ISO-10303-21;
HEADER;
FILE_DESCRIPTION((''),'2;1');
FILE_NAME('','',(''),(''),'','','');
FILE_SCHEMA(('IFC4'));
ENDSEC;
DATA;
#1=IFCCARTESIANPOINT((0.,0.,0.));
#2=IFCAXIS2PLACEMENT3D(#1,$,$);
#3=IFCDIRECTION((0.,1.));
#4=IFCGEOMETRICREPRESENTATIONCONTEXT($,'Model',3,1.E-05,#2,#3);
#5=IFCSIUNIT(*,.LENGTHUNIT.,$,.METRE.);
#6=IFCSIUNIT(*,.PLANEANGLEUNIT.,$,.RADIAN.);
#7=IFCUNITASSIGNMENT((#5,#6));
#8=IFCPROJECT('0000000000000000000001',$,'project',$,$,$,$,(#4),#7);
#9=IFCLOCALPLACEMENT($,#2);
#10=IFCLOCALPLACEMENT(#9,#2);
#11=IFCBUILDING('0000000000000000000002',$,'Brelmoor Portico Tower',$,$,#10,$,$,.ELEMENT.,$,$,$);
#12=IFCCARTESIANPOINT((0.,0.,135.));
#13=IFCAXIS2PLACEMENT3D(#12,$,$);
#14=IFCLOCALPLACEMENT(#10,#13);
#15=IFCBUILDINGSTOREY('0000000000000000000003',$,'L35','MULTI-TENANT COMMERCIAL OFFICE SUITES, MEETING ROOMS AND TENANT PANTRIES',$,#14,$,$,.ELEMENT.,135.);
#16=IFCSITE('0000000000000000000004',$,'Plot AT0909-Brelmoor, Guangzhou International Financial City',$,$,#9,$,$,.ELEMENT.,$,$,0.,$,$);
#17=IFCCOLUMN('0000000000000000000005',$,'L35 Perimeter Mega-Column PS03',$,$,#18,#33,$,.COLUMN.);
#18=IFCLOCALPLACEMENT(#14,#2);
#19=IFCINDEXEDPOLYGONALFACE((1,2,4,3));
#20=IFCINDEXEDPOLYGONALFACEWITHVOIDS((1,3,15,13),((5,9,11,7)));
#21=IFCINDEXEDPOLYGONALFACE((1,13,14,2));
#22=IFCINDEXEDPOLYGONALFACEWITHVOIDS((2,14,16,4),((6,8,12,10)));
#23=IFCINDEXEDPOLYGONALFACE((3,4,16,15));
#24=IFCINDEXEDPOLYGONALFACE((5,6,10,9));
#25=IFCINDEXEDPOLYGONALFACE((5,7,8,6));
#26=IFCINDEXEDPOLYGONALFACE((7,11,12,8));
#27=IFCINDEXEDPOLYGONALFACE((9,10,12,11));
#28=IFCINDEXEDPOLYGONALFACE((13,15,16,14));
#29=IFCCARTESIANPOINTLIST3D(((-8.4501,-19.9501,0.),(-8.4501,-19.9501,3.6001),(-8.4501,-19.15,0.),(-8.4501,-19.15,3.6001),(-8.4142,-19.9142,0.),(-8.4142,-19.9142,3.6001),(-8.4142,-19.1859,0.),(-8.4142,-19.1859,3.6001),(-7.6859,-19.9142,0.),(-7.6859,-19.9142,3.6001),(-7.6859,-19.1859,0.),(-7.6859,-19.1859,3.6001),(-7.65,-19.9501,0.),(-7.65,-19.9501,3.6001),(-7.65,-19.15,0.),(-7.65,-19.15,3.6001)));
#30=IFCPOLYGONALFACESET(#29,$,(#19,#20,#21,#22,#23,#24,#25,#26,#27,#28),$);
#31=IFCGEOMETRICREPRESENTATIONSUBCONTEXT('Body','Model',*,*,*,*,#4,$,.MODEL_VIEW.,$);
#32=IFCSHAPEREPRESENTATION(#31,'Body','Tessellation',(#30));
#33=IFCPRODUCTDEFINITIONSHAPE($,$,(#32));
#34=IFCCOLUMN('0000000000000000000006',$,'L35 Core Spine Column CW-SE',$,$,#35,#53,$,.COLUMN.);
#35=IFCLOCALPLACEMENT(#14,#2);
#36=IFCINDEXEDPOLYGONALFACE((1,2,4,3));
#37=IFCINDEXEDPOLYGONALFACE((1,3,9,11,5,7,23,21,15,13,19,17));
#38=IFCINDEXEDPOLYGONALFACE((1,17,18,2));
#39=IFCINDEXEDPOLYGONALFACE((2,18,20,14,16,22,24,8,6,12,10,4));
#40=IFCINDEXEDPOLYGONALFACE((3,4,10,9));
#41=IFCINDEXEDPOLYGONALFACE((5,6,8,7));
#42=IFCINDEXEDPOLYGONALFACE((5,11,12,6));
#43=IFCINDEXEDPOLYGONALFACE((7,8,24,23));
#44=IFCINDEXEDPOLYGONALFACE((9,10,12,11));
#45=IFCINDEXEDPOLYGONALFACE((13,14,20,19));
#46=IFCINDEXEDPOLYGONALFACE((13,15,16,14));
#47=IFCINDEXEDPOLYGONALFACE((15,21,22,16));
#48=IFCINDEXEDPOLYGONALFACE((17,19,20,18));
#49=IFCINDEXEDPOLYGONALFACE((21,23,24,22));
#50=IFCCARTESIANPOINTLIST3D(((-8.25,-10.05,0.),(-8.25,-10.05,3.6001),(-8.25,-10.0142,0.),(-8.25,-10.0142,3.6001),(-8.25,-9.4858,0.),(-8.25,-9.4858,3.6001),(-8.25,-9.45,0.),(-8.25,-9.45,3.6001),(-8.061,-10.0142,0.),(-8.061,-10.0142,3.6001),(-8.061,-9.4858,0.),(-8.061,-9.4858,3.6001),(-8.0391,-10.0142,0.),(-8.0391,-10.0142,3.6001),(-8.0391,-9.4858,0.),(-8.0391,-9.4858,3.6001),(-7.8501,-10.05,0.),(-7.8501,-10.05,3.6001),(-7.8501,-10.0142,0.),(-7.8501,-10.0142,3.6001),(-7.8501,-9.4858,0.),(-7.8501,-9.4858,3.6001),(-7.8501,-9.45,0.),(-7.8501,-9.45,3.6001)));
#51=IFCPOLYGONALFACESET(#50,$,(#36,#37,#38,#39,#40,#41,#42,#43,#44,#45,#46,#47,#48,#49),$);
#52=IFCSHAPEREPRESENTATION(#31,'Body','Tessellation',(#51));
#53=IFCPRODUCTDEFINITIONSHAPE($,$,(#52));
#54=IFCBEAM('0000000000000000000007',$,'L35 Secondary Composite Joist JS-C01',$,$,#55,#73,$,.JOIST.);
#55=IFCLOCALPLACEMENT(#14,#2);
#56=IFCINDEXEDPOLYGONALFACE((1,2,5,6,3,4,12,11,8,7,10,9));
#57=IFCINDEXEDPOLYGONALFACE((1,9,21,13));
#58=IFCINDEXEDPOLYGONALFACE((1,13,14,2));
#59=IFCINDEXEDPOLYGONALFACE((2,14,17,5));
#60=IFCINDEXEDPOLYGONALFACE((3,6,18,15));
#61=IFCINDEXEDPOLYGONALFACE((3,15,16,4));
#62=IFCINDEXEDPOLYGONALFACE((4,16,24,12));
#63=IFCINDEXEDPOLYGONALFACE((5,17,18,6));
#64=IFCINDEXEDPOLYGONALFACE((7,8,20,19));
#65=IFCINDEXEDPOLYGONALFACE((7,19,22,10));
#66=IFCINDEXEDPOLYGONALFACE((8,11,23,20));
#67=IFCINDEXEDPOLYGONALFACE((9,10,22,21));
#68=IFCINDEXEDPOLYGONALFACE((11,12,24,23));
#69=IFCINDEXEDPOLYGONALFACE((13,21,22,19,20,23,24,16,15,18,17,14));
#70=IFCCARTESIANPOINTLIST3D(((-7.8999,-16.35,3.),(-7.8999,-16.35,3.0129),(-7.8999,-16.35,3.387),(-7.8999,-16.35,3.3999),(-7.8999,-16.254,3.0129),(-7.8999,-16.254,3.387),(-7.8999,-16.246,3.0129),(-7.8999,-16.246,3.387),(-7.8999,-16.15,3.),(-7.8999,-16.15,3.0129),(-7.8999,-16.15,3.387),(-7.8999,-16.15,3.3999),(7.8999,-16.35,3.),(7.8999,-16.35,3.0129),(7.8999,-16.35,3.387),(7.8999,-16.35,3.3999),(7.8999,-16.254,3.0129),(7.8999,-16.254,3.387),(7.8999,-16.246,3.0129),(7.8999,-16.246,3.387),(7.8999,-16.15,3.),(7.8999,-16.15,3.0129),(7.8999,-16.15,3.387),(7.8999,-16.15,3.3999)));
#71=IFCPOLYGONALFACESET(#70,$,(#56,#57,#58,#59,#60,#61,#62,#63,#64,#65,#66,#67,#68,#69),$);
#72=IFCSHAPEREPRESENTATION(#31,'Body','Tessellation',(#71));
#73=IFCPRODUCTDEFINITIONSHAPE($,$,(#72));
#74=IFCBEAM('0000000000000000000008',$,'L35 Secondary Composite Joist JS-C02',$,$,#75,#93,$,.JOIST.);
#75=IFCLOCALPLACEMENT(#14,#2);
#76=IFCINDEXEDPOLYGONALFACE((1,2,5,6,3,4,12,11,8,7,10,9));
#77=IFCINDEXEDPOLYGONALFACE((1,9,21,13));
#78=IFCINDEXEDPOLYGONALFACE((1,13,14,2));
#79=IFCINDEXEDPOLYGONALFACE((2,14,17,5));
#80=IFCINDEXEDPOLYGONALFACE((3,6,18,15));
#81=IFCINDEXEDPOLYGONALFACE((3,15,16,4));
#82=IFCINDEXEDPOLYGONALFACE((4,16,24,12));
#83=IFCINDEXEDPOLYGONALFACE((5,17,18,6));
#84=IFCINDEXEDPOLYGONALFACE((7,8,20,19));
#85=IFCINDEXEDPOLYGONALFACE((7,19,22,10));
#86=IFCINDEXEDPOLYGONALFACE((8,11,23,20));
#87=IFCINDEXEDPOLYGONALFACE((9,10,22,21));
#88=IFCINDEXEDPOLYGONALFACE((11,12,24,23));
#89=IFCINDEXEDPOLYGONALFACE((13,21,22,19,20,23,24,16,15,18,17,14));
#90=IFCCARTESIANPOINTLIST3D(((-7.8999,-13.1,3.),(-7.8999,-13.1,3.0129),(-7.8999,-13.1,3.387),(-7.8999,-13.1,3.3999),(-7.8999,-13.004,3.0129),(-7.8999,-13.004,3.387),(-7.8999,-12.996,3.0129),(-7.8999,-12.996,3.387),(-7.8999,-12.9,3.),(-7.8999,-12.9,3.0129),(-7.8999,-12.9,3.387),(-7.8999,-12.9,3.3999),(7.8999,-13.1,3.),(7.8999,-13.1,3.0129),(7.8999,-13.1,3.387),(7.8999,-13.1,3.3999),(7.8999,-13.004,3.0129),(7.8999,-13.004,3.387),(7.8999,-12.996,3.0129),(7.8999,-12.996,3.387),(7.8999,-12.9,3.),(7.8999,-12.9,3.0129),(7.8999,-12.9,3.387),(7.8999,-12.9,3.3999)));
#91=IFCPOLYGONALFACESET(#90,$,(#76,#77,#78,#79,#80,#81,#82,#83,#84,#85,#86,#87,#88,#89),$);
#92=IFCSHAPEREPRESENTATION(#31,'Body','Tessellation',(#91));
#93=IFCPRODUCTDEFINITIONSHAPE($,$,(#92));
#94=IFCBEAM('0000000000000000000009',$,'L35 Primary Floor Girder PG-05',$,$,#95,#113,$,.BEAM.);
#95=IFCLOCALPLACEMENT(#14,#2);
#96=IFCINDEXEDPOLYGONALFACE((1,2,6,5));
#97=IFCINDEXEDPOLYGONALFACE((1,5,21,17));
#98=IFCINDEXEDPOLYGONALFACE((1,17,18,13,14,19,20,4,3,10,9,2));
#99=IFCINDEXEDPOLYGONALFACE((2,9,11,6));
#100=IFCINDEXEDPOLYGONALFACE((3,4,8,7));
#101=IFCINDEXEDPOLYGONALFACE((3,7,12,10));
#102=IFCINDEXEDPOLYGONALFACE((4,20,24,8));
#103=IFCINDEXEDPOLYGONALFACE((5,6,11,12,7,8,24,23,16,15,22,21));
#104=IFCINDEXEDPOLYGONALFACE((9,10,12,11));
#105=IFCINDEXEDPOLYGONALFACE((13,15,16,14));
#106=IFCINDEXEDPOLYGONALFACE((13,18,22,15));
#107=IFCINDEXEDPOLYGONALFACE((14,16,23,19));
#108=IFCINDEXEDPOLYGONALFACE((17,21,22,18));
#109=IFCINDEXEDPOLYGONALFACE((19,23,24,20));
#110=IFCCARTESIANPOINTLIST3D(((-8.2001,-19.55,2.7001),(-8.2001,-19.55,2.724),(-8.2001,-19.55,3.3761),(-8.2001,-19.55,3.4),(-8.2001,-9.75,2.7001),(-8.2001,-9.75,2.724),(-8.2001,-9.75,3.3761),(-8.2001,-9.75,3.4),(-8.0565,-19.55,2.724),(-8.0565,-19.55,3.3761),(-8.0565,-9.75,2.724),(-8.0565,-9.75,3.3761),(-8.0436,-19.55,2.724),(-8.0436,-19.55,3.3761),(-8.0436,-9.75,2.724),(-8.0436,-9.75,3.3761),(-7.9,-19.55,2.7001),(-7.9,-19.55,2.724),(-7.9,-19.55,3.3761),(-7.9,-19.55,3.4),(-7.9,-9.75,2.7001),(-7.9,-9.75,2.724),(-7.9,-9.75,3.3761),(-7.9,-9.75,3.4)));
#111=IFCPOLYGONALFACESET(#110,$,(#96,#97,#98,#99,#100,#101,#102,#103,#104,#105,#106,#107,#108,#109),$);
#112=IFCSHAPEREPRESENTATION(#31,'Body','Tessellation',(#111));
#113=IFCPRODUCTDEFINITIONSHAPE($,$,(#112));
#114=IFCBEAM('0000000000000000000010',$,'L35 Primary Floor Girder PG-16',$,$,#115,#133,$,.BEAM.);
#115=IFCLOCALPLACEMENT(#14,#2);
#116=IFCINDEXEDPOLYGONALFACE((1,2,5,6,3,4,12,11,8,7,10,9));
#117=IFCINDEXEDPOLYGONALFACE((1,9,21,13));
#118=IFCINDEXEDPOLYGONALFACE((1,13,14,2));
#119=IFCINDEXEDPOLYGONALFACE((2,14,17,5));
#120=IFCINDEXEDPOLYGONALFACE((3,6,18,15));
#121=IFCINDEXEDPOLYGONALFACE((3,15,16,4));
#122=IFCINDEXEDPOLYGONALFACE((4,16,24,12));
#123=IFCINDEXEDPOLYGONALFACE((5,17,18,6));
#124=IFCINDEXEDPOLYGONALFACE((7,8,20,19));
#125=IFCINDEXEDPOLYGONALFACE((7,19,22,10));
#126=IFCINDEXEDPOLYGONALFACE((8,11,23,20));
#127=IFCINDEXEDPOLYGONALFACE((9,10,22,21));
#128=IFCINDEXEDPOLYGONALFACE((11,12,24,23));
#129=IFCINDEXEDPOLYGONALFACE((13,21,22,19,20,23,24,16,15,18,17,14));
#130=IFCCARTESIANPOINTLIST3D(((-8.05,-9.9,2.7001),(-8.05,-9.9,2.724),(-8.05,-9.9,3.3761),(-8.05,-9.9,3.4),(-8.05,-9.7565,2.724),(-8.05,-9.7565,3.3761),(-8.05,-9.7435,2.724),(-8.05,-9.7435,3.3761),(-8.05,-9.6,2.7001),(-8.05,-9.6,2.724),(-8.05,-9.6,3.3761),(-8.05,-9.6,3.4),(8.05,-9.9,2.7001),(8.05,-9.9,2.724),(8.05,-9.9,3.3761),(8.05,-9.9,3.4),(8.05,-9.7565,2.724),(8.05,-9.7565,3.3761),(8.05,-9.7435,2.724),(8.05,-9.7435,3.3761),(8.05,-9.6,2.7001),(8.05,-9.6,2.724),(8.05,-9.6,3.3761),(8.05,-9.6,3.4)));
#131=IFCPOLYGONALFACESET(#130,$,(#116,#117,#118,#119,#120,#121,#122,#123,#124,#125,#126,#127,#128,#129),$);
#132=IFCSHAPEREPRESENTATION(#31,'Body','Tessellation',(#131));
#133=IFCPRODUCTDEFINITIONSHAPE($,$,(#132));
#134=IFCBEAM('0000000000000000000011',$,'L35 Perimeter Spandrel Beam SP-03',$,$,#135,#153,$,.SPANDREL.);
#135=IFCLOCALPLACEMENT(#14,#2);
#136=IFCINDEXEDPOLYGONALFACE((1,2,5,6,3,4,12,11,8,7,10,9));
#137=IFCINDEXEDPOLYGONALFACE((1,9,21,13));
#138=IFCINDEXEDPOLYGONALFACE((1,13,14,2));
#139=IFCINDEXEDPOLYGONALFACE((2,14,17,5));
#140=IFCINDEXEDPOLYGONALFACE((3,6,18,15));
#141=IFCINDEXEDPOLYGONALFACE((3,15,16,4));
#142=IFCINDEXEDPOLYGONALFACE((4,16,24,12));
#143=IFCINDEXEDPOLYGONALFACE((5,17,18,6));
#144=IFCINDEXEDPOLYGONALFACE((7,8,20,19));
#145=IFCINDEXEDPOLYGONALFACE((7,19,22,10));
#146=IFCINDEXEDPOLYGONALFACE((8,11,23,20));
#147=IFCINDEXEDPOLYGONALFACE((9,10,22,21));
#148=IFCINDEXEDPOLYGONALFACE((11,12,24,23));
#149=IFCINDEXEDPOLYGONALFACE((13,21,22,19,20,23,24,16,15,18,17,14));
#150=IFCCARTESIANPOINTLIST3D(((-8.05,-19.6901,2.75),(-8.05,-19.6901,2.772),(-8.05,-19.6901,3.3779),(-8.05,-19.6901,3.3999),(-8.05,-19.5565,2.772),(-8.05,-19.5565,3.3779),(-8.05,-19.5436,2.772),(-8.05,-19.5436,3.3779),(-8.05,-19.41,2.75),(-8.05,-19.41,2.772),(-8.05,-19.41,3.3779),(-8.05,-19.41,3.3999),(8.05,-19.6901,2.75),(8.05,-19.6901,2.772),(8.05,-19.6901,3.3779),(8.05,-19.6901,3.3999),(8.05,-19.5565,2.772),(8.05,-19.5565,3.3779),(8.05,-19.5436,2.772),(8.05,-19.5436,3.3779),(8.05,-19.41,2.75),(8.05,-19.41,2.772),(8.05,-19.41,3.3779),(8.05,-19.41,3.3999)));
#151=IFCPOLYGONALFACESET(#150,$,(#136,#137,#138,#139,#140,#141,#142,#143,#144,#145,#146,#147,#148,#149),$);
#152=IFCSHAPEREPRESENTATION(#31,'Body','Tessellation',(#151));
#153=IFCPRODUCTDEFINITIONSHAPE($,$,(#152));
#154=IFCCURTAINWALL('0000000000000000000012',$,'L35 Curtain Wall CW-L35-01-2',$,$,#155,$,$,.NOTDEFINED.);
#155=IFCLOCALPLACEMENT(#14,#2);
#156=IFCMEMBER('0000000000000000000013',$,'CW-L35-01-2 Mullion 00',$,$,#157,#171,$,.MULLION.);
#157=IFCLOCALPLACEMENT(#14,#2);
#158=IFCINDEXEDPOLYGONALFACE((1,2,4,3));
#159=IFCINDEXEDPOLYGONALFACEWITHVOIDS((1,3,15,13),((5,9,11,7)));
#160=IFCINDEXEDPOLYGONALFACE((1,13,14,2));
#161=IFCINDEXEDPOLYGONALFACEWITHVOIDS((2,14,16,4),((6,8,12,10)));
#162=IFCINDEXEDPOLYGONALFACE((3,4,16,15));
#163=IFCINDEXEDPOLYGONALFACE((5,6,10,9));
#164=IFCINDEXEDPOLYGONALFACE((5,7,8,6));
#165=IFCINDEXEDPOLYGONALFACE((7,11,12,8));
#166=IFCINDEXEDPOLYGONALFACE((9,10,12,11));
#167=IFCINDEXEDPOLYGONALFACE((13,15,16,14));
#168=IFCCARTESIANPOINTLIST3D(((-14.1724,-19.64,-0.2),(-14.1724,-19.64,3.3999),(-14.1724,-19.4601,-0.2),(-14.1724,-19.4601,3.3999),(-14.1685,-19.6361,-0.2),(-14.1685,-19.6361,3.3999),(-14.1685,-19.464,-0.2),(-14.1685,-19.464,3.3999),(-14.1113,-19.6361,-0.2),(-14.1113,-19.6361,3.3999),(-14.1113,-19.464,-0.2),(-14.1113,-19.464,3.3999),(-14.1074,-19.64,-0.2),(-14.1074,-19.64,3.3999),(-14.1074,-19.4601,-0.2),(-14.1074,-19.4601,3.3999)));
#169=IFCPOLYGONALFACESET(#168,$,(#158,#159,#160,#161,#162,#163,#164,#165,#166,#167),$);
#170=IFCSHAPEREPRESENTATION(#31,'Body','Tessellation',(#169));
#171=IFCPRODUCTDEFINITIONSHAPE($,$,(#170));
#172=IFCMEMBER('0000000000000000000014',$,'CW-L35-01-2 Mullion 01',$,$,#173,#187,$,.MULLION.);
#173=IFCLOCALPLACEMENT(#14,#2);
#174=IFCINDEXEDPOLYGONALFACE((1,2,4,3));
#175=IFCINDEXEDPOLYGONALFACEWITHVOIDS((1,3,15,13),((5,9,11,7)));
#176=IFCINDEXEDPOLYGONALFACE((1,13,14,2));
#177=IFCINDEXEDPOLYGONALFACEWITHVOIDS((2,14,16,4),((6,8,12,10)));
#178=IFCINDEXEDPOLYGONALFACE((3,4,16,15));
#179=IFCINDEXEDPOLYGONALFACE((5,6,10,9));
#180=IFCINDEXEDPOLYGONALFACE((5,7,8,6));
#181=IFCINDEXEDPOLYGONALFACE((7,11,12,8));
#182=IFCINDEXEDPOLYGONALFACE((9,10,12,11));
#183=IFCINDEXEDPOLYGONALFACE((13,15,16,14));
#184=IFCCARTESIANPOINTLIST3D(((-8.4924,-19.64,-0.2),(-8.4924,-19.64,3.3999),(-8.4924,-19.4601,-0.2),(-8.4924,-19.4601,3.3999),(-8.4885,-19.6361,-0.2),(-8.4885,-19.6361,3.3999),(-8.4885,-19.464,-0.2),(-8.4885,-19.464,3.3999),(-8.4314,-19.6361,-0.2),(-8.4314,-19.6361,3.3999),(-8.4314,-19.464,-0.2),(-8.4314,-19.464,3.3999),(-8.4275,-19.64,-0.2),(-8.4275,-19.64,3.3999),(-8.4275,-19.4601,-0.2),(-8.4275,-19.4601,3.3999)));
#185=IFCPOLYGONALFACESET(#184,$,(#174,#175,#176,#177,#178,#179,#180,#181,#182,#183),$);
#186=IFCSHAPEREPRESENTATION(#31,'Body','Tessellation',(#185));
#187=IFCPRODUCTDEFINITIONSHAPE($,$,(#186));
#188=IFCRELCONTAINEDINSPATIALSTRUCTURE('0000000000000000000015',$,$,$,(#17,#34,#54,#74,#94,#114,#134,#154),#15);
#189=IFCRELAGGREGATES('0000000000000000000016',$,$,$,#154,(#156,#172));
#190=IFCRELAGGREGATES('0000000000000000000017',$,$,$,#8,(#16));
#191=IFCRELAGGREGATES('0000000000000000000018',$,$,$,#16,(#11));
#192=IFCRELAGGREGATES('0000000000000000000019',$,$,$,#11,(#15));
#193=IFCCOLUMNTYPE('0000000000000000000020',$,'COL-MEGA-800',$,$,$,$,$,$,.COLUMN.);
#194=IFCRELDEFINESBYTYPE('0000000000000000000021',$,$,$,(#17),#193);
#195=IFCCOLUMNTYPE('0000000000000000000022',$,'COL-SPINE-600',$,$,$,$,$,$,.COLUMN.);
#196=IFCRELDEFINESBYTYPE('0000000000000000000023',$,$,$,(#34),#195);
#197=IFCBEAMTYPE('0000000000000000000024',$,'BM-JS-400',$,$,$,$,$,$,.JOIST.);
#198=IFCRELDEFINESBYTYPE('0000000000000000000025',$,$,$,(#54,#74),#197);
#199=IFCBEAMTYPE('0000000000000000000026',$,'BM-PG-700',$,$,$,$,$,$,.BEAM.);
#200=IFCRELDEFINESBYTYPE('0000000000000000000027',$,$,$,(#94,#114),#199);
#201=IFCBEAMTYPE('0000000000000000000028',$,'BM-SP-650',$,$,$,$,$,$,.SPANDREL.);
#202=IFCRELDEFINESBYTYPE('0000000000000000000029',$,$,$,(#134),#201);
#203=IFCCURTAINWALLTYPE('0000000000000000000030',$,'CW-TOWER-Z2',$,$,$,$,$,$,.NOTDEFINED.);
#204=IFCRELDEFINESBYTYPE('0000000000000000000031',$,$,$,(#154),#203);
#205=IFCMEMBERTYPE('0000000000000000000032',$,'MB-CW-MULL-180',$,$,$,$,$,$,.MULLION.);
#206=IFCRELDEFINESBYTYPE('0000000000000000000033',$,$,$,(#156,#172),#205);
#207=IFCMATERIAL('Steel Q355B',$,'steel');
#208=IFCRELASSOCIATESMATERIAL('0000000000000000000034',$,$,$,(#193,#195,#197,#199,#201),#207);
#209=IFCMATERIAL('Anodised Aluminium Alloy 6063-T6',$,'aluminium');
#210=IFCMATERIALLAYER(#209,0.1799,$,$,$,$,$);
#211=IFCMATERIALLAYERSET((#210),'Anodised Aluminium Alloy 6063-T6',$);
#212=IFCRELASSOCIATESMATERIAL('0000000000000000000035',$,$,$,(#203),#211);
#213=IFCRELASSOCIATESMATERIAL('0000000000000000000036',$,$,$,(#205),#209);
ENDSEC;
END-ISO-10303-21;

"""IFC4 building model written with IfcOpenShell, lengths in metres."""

from ifc_helpers import new_model, si_unit, direction, frame, origin, origin_2d, place, context, subcontext, project, spatial, hollow_rectangle, i_section, extrude, material, layer, layer_set, material_profile, profile_set, type_object, element, aggregate, save


model = new_model("IFC4")

# Units and contexts
model_context = context("Model", 3, precision=1e-05, world=origin(), true_north=direction((0.0, 1.0)))
body_context = subcontext(model_context, "Body", "Model", "MODEL_VIEW")
ifc_project = project(units=[si_unit("LENGTHUNIT", "METRE"), si_unit("PLANEANGLEUNIT", "RADIAN")], contexts=[model_context])

# Site, building, storey
site_placement = place(None, origin())
site = spatial("IfcSite", under=ifc_project, at=site_placement, Name="Plot AT0909-Brelmoor, Guangzhou International Financial City", CompositionType="ELEMENT", RefElevation=0.0)
building_placement = place(site_placement, origin())
building = spatial("IfcBuilding", under=site, at=building_placement, Name="Brelmoor Portico Tower", CompositionType="ELEMENT")
storey_placement = place(building_placement, frame((0.0, 0.0, 135.0)))
storey = spatial("IfcBuildingStorey", under=building, at=storey_placement, Name="L35", Description="MULTI-TENANT COMMERCIAL OFFICE SUITES, MEETING ROOMS AND TENANT PANTRIES", CompositionType="ELEMENT", Elevation=135.0)

# Columns
ifc_material_1 = material(Name="Steel Q355B", Category="steel")
ifc_material_profile_1 = material_profile(ifc_material_1, hollow_rectangle(XDim=0.8, YDim=0.8, WallThickness=0.0359, at=origin_2d()), Name="BOX 800x800x36")
ifc_profile_set_1 = profile_set([ifc_material_profile_1], Name="Steel Q355B")
column_type_1 = type_object("IfcColumnType", Name="COL-MEGA-800", PredefinedType="COLUMN", material=ifc_profile_set_1)
column_1_placement = place(storey_placement, frame((-8.05, -19.55, 0.0), z_axis=(0.0, 0.0, 1.0), x_axis=(1.0, 0.0, 0.0)))
element("IfcColumn", 1, at=column_1_placement, inside=storey, type_object=column_type_1, Name="L35 Perimeter Mega-Column PS03", PredefinedType="COLUMN", context=body_context, shape_type="SweptSolid", body=[
    extrude(hollow_rectangle(XDim=0.8, YDim=0.8, WallThickness=0.0359, at=origin_2d()), origin(), (0.0, 0.0, 1.0), 3.6001),
])
ifc_material_profile_2 = material_profile(ifc_material_1, i_section(OverallWidth=0.3999, OverallDepth=0.6001, WebThickness=0.022, FlangeThickness=0.0359, at=origin_2d()), Name="HW 600x400x22x36")
ifc_profile_set_2 = profile_set([ifc_material_profile_2], Name="Steel Q355B")
column_type_2 = type_object("IfcColumnType", Name="COL-SPINE-600", PredefinedType="COLUMN", material=ifc_profile_set_2)
column_2_placement = place(storey_placement, frame((-8.05, -9.75, 0.0), z_axis=(0.0, 0.0, 1.0), x_axis=(1.0, 0.0, 0.0)))
element("IfcColumn", 2, at=column_2_placement, inside=storey, type_object=column_type_2, Name="L35 Core Spine Column CW-SE", PredefinedType="COLUMN", context=body_context, shape_type="SweptSolid", body=[
    extrude(i_section(OverallWidth=0.3999, OverallDepth=0.6001, WebThickness=0.022, FlangeThickness=0.0359, at=origin_2d()), origin(), (0.0, 0.0, 1.0), 3.6001),
])

# Beams
ifc_material_profile_3 = material_profile(ifc_material_1, i_section(OverallWidth=0.2, OverallDepth=0.3999, WebThickness=0.0081, FlangeThickness=0.0129, at=origin_2d()), Name="HN 400x200x8x13")
ifc_profile_set_3 = profile_set([ifc_material_profile_3], Name="Steel Q355B")
beam_type_1 = type_object("IfcBeamType", Name="BM-JS-400", PredefinedType="JOIST", material=ifc_profile_set_3)
for number, where, z_axis, x_axis, name in (
    (3, (-7.8999, -16.25, 3.2), (1.0, 0.0, 0.0), (0.0, 1.0, 0.0), "L35 Secondary Composite Joist JS-C01"),
    (4, (-7.8999, -13.0, 3.2), (1.0, 0.0, 0.0), (0.0, 1.0, 0.0), "L35 Secondary Composite Joist JS-C02"),
):
    element("IfcBeam", number, at=place(storey_placement, frame(where, z_axis=z_axis, x_axis=x_axis)), inside=storey, type_object=beam_type_1, Name=name, PredefinedType="JOIST", context=body_context, shape_type="SweptSolid", body=[
        extrude(i_section(OverallWidth=0.2, OverallDepth=0.3999, WebThickness=0.0081, FlangeThickness=0.0129, at=origin_2d()), origin(), (0.0, 0.0, 1.0), 15.7998),
    ])
ifc_material_profile_4 = material_profile(ifc_material_1, i_section(OverallWidth=0.3, OverallDepth=0.7, WebThickness=0.0129, FlangeThickness=0.0239, at=origin_2d()), Name="HN 700x300x13x24")
ifc_profile_set_4 = profile_set([ifc_material_profile_4], Name="Steel Q355B")
beam_type_2 = type_object("IfcBeamType", Name="BM-PG-700", PredefinedType="BEAM", material=ifc_profile_set_4)
beam_1_placement = place(storey_placement, frame((-8.05, -19.55, 3.05), z_axis=(0.0, 1.0, 0.0), x_axis=(-1.0, 0.0, 0.0)))
element("IfcBeam", 5, at=beam_1_placement, inside=storey, type_object=beam_type_2, Name="L35 Primary Floor Girder PG-05", PredefinedType="BEAM", context=body_context, shape_type="SweptSolid", body=[
    extrude(i_section(OverallWidth=0.3, OverallDepth=0.7, WebThickness=0.0129, FlangeThickness=0.0239, at=origin_2d()), origin(), (0.0, 0.0, 1.0), 9.8),
])
beam_2_placement = place(storey_placement, frame((-8.05, -9.75, 3.05), z_axis=(1.0, 0.0, 0.0), x_axis=(0.0, 1.0, 0.0)))
element("IfcBeam", 6, at=beam_2_placement, inside=storey, type_object=beam_type_2, Name="L35 Primary Floor Girder PG-16", PredefinedType="BEAM", context=body_context, shape_type="SweptSolid", body=[
    extrude(i_section(OverallWidth=0.3, OverallDepth=0.7, WebThickness=0.0129, FlangeThickness=0.0239, at=origin_2d()), origin(), (0.0, 0.0, 1.0), 16.1001),
])
ifc_material_profile_5 = material_profile(ifc_material_1, i_section(OverallWidth=0.28, OverallDepth=0.6499, WebThickness=0.0129, FlangeThickness=0.022, at=origin_2d()), Name="HN 650x280x13x22")
ifc_profile_set_5 = profile_set([ifc_material_profile_5], Name="Steel Q355B")
beam_type_3 = type_object("IfcBeamType", Name="BM-SP-650", PredefinedType="SPANDREL", material=ifc_profile_set_5)
beam_3_placement = place(storey_placement, frame((-8.05, -19.55, 3.075), z_axis=(1.0, 0.0, 0.0), x_axis=(0.0, 1.0, 0.0)))
element("IfcBeam", 7, at=beam_3_placement, inside=storey, type_object=beam_type_3, Name="L35 Perimeter Spandrel Beam SP-03", PredefinedType="SPANDREL", context=body_context, shape_type="SweptSolid", body=[
    extrude(i_section(OverallWidth=0.28, OverallDepth=0.6499, WebThickness=0.0129, FlangeThickness=0.022, at=origin_2d()), origin(), (0.0, 0.0, 1.0), 16.1001),
])

# Curtain wall, members
ifc_material_2 = material(Name="Anodised Aluminium Alloy 6063-T6", Category="aluminium")
ifc_layer_1 = layer(ifc_material_2, 0.1799)
ifc_layer_set_1 = layer_set([ifc_layer_1], Name="Anodised Aluminium Alloy 6063-T6")
curtain_wall_type_1 = type_object("IfcCurtainWallType", Name="CW-TOWER-Z2", PredefinedType="NOTDEFINED", material=ifc_layer_set_1)
curtain_wall_1_placement = place(storey_placement, origin())
curtain_wall_1 = element("IfcCurtainWall", 8, at=curtain_wall_1_placement, inside=storey, type_object=curtain_wall_type_1, Name="L35 Curtain Wall CW-L35-01-2", PredefinedType="NOTDEFINED")
ifc_material_profile_6 = material_profile(ifc_material_2, hollow_rectangle(XDim=0.0649, YDim=0.1799, WallThickness=0.0039, at=origin_2d()), Name="ALU MULLION 65x180")
ifc_profile_set_6 = profile_set([ifc_material_profile_6], Name="Anodised Aluminium Alloy 6063-T6")
member_type_1 = type_object("IfcMemberType", Name="MB-CW-MULL-180", PredefinedType="MULLION", material=ifc_profile_set_6)
member_1_placement = place(storey_placement, frame((-14.1399, -19.55, -0.2), z_axis=(0.0, 0.0, 1.0), x_axis=(1.0, 0.0, 0.0)))
member_1 = element("IfcMember", 9, at=member_1_placement, type_object=member_type_1, Name="CW-L35-01-2 Mullion 00", PredefinedType="MULLION", context=body_context, shape_type="SweptSolid", body=[
    extrude(hollow_rectangle(XDim=0.0649, YDim=0.1799, WallThickness=0.0039, at=origin_2d()), origin(), (0.0, 0.0, 1.0), 3.5999),
])
member_2_placement = place(storey_placement, frame((-8.46, -19.55, -0.2), z_axis=(0.0, 0.0, 1.0), x_axis=(1.0, 0.0, 0.0)))
member_2 = element("IfcMember", 10, at=member_2_placement, type_object=member_type_1, Name="CW-L35-01-2 Mullion 01", PredefinedType="MULLION", context=body_context, shape_type="SweptSolid", body=[
    extrude(hollow_rectangle(XDim=0.0649, YDim=0.1799, WallThickness=0.0039, at=origin_2d()), origin(), (0.0, 0.0, 1.0), 3.5999),
])

aggregate(curtain_wall_1, [member_1, member_2])

save(model, "model.ifc")
